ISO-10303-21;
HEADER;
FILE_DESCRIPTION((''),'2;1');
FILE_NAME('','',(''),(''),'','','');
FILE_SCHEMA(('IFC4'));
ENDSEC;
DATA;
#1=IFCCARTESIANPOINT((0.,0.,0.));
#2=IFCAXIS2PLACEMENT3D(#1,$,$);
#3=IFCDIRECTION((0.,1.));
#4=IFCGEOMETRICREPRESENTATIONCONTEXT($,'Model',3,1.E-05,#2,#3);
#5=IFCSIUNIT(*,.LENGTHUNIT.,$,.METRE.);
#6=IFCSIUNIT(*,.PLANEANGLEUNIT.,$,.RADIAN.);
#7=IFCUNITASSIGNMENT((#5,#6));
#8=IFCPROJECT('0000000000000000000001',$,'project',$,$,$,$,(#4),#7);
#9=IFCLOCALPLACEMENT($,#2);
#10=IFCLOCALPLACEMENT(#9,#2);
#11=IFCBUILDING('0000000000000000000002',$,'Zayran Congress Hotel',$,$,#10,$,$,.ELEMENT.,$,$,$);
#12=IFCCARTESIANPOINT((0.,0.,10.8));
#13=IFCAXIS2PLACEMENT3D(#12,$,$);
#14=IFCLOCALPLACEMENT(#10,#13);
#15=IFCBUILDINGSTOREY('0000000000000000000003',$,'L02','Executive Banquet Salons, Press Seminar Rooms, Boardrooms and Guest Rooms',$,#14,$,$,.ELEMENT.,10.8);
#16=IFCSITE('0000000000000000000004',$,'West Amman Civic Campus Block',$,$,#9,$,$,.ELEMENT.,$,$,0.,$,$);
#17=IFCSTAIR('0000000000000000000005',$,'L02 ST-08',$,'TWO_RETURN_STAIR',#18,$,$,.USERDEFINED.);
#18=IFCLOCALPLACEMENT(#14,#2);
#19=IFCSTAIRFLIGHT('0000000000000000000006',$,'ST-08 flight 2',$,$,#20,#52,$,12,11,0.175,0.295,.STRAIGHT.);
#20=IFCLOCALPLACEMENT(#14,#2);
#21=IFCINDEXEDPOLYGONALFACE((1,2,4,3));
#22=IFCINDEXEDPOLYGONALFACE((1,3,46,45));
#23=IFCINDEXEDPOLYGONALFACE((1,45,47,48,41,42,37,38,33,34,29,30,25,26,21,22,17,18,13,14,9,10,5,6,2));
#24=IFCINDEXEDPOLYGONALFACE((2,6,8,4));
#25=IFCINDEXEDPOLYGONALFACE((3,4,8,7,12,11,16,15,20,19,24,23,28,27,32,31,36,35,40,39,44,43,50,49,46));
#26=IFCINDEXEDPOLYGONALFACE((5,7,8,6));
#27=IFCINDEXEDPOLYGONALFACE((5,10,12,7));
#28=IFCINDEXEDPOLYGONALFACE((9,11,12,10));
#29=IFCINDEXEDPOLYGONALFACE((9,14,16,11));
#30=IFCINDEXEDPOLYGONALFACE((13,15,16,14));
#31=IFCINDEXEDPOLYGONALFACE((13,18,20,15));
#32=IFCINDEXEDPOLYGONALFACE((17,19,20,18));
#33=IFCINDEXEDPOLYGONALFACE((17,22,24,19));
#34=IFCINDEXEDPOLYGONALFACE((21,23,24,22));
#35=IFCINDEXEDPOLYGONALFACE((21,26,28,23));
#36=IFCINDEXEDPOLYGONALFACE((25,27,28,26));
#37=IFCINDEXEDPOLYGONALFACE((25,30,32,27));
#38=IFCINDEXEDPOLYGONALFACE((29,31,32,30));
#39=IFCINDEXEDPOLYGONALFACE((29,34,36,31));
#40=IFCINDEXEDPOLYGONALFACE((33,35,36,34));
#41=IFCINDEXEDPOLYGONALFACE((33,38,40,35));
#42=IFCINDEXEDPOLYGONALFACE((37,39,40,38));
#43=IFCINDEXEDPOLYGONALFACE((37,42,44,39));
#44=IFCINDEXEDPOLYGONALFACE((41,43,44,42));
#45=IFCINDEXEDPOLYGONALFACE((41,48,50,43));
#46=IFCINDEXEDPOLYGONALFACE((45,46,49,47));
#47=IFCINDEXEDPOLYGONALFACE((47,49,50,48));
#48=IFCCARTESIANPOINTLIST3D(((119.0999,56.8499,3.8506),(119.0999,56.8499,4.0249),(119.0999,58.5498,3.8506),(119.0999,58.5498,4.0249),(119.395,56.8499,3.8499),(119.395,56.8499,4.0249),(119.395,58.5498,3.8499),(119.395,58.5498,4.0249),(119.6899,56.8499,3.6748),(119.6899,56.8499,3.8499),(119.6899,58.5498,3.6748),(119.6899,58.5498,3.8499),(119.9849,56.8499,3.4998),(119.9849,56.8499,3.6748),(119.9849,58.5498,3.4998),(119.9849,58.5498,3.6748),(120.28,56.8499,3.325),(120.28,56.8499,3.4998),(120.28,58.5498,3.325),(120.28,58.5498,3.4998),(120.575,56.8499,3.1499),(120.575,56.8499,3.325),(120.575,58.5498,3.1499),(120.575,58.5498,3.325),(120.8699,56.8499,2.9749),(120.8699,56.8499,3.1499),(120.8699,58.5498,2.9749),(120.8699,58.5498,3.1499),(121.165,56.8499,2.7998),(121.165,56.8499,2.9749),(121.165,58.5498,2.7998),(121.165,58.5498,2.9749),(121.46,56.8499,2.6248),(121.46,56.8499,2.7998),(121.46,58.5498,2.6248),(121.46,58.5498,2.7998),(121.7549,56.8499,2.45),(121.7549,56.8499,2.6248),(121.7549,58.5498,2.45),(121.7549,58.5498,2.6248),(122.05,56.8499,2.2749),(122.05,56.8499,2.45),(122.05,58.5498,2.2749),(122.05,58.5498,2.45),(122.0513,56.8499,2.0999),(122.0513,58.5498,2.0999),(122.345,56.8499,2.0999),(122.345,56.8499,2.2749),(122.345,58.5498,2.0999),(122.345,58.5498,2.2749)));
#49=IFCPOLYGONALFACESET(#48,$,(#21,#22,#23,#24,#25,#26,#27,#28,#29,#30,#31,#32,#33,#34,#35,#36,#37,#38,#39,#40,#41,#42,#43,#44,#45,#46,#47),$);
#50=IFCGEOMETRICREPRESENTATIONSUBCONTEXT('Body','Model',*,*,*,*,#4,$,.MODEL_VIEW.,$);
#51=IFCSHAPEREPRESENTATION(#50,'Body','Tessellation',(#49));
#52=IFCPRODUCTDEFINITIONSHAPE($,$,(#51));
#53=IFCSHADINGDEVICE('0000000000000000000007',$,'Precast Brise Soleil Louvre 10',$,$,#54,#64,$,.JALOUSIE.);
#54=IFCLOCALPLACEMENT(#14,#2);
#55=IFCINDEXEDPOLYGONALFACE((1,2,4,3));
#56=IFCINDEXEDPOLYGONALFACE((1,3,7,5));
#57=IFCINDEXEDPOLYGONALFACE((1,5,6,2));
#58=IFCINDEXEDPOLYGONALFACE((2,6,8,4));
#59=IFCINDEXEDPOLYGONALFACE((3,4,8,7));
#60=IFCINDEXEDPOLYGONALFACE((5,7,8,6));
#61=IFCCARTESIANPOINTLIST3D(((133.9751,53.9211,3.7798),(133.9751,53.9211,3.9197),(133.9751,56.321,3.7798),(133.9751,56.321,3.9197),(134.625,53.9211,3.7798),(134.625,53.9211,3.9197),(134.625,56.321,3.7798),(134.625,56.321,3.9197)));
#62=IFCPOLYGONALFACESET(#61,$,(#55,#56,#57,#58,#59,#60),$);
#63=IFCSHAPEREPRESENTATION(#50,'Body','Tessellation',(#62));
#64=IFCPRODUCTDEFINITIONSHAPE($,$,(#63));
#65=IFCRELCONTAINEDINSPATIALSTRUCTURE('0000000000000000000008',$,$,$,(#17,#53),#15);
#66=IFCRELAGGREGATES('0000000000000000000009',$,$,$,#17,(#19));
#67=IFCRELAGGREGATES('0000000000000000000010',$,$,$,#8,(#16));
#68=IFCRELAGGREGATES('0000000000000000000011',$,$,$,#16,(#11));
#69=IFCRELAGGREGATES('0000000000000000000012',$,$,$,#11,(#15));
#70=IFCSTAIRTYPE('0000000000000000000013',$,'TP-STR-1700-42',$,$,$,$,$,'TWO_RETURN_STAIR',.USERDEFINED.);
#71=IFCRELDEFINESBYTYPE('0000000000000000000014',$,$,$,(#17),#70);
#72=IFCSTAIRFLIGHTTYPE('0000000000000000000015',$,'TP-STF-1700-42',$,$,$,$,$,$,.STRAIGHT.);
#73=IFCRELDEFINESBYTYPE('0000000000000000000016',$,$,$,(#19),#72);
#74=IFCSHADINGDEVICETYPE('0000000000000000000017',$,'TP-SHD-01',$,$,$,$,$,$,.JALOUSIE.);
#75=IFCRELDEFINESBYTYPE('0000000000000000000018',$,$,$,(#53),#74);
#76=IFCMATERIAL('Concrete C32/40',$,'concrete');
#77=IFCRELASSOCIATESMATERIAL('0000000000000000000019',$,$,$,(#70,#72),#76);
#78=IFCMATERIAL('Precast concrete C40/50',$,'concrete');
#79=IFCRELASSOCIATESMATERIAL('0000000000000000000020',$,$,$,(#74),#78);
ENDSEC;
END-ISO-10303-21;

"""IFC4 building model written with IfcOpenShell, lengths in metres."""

from ifc_helpers import new_model, si_unit, direction, frame, origin, origin_2d, place, context, subcontext, project, spatial, polyline, rectangle, outline, extrude, material, type_object, element, aggregate, save


model = new_model("IFC4")

# Units and contexts
model_context = context("Model", 3, precision=1e-05, world=origin(), true_north=direction((0.0, 1.0)))
body_context = subcontext(model_context, "Body", "Model", "MODEL_VIEW")
ifc_project = project(units=[si_unit("LENGTHUNIT", "METRE"), si_unit("PLANEANGLEUNIT", "RADIAN")], contexts=[model_context])

# Site, building, storey
site_placement = place(None, origin())
site = spatial("IfcSite", under=ifc_project, at=site_placement, Name="West Amman Civic Campus Block", CompositionType="ELEMENT", RefElevation=0.0)
building_placement = place(site_placement, origin())
building = spatial("IfcBuilding", under=site, at=building_placement, Name="Zayran Congress Hotel", CompositionType="ELEMENT")
storey_placement = place(building_placement, frame((0.0, 0.0, 10.8)))
storey = spatial("IfcBuildingStorey", under=building, at=storey_placement, Name="L02", Description="Executive Banquet Salons, Press Seminar Rooms, Boardrooms and Guest Rooms", CompositionType="ELEMENT", Elevation=10.8)

# Stair, stair flight
ifc_material_1 = material(Name="Concrete C32/40", Category="concrete")
stair_type = type_object("IfcStairType", Name="TP-STR-1700-42", ElementType="TWO_RETURN_STAIR", PredefinedType="USERDEFINED", material=ifc_material_1)
stair_placement = place(storey_placement, origin())
stair = element("IfcStair", 1, at=stair_placement, inside=storey, type_object=stair_type, Name="L02 ST-08", ObjectType="TWO_RETURN_STAIR", PredefinedType="USERDEFINED")
stair_flight_type = type_object("IfcStairFlightType", Name="TP-STF-1700-42", PredefinedType="STRAIGHT", material=ifc_material_1)
stair_flight_1_placement = place(storey_placement, frame((122.345, 57.7, 2.0999), z_axis=(0.0, 0.0, 1.0), x_axis=(-1.0, 0.0, 0.0)))
stair_flight_1 = element("IfcStairFlight", 2, at=stair_flight_1_placement, type_object=stair_flight_type, Name="ST-08 flight 2", NumberOfRisers=12, NumberOfTreads=11, PredefinedType="STRAIGHT", RiserHeight=0.175, TreadLength=0.295, context=body_context, shape_type="SweptSolid", body=[
    extrude(outline(polyline([(0.0, 0.0), (0.0, 0.175), (0.2949, 0.175), (0.2949, 0.3501), (0.5901, 0.3501), (0.5901, 0.5249), (0.885, 0.5249), (0.885, 0.7), (1.1799, 0.7), (1.1799, 0.875), (1.4751, 0.875), (1.4751, 1.05), (1.77, 1.05), (1.77, 1.2251), (2.0649, 1.2251), (2.0649, 1.3999), (2.3601, 1.3999), (2.3601, 1.575), (2.655, 1.575), (2.655, 1.75), (2.95, 1.75), (2.95, 1.925), (3.2451, 1.925), (3.2451, 2.1001), (3.2451, 1.7507), (0.2937, 0.0), (0.0, 0.0)])), frame((0.0, 0.8501, 0.0), z_axis=(0.0, -1.0, 0.0), x_axis=(1.0, 0.0, 0.0)), (0.0, 0.0, 1.0), 1.7),
])
aggregate(stair, [stair_flight_1])

# Shading device
ifc_material_2 = material(Name="Precast concrete C40/50", Category="concrete")
shading_device_type = type_object("IfcShadingDeviceType", Name="TP-SHD-01", PredefinedType="JALOUSIE", material=ifc_material_2)
shading_device_placement = place(storey_placement, frame((134.3, 55.1211, 3.7798), z_axis=(0.0, 0.0, 1.0), x_axis=(0.0, 1.0, 0.0)))
element("IfcShadingDevice", 3, at=shading_device_placement, inside=storey, type_object=shading_device_type, Name="Precast Brise Soleil Louvre 10", PredefinedType="JALOUSIE", context=body_context, shape_type="SweptSolid", body=[
    extrude(rectangle(XDim=2.3999, YDim=0.6499, at=origin_2d()), origin(), (0.0, 0.0, 1.0), 0.1399),
])

save(model, "model.ifc")
